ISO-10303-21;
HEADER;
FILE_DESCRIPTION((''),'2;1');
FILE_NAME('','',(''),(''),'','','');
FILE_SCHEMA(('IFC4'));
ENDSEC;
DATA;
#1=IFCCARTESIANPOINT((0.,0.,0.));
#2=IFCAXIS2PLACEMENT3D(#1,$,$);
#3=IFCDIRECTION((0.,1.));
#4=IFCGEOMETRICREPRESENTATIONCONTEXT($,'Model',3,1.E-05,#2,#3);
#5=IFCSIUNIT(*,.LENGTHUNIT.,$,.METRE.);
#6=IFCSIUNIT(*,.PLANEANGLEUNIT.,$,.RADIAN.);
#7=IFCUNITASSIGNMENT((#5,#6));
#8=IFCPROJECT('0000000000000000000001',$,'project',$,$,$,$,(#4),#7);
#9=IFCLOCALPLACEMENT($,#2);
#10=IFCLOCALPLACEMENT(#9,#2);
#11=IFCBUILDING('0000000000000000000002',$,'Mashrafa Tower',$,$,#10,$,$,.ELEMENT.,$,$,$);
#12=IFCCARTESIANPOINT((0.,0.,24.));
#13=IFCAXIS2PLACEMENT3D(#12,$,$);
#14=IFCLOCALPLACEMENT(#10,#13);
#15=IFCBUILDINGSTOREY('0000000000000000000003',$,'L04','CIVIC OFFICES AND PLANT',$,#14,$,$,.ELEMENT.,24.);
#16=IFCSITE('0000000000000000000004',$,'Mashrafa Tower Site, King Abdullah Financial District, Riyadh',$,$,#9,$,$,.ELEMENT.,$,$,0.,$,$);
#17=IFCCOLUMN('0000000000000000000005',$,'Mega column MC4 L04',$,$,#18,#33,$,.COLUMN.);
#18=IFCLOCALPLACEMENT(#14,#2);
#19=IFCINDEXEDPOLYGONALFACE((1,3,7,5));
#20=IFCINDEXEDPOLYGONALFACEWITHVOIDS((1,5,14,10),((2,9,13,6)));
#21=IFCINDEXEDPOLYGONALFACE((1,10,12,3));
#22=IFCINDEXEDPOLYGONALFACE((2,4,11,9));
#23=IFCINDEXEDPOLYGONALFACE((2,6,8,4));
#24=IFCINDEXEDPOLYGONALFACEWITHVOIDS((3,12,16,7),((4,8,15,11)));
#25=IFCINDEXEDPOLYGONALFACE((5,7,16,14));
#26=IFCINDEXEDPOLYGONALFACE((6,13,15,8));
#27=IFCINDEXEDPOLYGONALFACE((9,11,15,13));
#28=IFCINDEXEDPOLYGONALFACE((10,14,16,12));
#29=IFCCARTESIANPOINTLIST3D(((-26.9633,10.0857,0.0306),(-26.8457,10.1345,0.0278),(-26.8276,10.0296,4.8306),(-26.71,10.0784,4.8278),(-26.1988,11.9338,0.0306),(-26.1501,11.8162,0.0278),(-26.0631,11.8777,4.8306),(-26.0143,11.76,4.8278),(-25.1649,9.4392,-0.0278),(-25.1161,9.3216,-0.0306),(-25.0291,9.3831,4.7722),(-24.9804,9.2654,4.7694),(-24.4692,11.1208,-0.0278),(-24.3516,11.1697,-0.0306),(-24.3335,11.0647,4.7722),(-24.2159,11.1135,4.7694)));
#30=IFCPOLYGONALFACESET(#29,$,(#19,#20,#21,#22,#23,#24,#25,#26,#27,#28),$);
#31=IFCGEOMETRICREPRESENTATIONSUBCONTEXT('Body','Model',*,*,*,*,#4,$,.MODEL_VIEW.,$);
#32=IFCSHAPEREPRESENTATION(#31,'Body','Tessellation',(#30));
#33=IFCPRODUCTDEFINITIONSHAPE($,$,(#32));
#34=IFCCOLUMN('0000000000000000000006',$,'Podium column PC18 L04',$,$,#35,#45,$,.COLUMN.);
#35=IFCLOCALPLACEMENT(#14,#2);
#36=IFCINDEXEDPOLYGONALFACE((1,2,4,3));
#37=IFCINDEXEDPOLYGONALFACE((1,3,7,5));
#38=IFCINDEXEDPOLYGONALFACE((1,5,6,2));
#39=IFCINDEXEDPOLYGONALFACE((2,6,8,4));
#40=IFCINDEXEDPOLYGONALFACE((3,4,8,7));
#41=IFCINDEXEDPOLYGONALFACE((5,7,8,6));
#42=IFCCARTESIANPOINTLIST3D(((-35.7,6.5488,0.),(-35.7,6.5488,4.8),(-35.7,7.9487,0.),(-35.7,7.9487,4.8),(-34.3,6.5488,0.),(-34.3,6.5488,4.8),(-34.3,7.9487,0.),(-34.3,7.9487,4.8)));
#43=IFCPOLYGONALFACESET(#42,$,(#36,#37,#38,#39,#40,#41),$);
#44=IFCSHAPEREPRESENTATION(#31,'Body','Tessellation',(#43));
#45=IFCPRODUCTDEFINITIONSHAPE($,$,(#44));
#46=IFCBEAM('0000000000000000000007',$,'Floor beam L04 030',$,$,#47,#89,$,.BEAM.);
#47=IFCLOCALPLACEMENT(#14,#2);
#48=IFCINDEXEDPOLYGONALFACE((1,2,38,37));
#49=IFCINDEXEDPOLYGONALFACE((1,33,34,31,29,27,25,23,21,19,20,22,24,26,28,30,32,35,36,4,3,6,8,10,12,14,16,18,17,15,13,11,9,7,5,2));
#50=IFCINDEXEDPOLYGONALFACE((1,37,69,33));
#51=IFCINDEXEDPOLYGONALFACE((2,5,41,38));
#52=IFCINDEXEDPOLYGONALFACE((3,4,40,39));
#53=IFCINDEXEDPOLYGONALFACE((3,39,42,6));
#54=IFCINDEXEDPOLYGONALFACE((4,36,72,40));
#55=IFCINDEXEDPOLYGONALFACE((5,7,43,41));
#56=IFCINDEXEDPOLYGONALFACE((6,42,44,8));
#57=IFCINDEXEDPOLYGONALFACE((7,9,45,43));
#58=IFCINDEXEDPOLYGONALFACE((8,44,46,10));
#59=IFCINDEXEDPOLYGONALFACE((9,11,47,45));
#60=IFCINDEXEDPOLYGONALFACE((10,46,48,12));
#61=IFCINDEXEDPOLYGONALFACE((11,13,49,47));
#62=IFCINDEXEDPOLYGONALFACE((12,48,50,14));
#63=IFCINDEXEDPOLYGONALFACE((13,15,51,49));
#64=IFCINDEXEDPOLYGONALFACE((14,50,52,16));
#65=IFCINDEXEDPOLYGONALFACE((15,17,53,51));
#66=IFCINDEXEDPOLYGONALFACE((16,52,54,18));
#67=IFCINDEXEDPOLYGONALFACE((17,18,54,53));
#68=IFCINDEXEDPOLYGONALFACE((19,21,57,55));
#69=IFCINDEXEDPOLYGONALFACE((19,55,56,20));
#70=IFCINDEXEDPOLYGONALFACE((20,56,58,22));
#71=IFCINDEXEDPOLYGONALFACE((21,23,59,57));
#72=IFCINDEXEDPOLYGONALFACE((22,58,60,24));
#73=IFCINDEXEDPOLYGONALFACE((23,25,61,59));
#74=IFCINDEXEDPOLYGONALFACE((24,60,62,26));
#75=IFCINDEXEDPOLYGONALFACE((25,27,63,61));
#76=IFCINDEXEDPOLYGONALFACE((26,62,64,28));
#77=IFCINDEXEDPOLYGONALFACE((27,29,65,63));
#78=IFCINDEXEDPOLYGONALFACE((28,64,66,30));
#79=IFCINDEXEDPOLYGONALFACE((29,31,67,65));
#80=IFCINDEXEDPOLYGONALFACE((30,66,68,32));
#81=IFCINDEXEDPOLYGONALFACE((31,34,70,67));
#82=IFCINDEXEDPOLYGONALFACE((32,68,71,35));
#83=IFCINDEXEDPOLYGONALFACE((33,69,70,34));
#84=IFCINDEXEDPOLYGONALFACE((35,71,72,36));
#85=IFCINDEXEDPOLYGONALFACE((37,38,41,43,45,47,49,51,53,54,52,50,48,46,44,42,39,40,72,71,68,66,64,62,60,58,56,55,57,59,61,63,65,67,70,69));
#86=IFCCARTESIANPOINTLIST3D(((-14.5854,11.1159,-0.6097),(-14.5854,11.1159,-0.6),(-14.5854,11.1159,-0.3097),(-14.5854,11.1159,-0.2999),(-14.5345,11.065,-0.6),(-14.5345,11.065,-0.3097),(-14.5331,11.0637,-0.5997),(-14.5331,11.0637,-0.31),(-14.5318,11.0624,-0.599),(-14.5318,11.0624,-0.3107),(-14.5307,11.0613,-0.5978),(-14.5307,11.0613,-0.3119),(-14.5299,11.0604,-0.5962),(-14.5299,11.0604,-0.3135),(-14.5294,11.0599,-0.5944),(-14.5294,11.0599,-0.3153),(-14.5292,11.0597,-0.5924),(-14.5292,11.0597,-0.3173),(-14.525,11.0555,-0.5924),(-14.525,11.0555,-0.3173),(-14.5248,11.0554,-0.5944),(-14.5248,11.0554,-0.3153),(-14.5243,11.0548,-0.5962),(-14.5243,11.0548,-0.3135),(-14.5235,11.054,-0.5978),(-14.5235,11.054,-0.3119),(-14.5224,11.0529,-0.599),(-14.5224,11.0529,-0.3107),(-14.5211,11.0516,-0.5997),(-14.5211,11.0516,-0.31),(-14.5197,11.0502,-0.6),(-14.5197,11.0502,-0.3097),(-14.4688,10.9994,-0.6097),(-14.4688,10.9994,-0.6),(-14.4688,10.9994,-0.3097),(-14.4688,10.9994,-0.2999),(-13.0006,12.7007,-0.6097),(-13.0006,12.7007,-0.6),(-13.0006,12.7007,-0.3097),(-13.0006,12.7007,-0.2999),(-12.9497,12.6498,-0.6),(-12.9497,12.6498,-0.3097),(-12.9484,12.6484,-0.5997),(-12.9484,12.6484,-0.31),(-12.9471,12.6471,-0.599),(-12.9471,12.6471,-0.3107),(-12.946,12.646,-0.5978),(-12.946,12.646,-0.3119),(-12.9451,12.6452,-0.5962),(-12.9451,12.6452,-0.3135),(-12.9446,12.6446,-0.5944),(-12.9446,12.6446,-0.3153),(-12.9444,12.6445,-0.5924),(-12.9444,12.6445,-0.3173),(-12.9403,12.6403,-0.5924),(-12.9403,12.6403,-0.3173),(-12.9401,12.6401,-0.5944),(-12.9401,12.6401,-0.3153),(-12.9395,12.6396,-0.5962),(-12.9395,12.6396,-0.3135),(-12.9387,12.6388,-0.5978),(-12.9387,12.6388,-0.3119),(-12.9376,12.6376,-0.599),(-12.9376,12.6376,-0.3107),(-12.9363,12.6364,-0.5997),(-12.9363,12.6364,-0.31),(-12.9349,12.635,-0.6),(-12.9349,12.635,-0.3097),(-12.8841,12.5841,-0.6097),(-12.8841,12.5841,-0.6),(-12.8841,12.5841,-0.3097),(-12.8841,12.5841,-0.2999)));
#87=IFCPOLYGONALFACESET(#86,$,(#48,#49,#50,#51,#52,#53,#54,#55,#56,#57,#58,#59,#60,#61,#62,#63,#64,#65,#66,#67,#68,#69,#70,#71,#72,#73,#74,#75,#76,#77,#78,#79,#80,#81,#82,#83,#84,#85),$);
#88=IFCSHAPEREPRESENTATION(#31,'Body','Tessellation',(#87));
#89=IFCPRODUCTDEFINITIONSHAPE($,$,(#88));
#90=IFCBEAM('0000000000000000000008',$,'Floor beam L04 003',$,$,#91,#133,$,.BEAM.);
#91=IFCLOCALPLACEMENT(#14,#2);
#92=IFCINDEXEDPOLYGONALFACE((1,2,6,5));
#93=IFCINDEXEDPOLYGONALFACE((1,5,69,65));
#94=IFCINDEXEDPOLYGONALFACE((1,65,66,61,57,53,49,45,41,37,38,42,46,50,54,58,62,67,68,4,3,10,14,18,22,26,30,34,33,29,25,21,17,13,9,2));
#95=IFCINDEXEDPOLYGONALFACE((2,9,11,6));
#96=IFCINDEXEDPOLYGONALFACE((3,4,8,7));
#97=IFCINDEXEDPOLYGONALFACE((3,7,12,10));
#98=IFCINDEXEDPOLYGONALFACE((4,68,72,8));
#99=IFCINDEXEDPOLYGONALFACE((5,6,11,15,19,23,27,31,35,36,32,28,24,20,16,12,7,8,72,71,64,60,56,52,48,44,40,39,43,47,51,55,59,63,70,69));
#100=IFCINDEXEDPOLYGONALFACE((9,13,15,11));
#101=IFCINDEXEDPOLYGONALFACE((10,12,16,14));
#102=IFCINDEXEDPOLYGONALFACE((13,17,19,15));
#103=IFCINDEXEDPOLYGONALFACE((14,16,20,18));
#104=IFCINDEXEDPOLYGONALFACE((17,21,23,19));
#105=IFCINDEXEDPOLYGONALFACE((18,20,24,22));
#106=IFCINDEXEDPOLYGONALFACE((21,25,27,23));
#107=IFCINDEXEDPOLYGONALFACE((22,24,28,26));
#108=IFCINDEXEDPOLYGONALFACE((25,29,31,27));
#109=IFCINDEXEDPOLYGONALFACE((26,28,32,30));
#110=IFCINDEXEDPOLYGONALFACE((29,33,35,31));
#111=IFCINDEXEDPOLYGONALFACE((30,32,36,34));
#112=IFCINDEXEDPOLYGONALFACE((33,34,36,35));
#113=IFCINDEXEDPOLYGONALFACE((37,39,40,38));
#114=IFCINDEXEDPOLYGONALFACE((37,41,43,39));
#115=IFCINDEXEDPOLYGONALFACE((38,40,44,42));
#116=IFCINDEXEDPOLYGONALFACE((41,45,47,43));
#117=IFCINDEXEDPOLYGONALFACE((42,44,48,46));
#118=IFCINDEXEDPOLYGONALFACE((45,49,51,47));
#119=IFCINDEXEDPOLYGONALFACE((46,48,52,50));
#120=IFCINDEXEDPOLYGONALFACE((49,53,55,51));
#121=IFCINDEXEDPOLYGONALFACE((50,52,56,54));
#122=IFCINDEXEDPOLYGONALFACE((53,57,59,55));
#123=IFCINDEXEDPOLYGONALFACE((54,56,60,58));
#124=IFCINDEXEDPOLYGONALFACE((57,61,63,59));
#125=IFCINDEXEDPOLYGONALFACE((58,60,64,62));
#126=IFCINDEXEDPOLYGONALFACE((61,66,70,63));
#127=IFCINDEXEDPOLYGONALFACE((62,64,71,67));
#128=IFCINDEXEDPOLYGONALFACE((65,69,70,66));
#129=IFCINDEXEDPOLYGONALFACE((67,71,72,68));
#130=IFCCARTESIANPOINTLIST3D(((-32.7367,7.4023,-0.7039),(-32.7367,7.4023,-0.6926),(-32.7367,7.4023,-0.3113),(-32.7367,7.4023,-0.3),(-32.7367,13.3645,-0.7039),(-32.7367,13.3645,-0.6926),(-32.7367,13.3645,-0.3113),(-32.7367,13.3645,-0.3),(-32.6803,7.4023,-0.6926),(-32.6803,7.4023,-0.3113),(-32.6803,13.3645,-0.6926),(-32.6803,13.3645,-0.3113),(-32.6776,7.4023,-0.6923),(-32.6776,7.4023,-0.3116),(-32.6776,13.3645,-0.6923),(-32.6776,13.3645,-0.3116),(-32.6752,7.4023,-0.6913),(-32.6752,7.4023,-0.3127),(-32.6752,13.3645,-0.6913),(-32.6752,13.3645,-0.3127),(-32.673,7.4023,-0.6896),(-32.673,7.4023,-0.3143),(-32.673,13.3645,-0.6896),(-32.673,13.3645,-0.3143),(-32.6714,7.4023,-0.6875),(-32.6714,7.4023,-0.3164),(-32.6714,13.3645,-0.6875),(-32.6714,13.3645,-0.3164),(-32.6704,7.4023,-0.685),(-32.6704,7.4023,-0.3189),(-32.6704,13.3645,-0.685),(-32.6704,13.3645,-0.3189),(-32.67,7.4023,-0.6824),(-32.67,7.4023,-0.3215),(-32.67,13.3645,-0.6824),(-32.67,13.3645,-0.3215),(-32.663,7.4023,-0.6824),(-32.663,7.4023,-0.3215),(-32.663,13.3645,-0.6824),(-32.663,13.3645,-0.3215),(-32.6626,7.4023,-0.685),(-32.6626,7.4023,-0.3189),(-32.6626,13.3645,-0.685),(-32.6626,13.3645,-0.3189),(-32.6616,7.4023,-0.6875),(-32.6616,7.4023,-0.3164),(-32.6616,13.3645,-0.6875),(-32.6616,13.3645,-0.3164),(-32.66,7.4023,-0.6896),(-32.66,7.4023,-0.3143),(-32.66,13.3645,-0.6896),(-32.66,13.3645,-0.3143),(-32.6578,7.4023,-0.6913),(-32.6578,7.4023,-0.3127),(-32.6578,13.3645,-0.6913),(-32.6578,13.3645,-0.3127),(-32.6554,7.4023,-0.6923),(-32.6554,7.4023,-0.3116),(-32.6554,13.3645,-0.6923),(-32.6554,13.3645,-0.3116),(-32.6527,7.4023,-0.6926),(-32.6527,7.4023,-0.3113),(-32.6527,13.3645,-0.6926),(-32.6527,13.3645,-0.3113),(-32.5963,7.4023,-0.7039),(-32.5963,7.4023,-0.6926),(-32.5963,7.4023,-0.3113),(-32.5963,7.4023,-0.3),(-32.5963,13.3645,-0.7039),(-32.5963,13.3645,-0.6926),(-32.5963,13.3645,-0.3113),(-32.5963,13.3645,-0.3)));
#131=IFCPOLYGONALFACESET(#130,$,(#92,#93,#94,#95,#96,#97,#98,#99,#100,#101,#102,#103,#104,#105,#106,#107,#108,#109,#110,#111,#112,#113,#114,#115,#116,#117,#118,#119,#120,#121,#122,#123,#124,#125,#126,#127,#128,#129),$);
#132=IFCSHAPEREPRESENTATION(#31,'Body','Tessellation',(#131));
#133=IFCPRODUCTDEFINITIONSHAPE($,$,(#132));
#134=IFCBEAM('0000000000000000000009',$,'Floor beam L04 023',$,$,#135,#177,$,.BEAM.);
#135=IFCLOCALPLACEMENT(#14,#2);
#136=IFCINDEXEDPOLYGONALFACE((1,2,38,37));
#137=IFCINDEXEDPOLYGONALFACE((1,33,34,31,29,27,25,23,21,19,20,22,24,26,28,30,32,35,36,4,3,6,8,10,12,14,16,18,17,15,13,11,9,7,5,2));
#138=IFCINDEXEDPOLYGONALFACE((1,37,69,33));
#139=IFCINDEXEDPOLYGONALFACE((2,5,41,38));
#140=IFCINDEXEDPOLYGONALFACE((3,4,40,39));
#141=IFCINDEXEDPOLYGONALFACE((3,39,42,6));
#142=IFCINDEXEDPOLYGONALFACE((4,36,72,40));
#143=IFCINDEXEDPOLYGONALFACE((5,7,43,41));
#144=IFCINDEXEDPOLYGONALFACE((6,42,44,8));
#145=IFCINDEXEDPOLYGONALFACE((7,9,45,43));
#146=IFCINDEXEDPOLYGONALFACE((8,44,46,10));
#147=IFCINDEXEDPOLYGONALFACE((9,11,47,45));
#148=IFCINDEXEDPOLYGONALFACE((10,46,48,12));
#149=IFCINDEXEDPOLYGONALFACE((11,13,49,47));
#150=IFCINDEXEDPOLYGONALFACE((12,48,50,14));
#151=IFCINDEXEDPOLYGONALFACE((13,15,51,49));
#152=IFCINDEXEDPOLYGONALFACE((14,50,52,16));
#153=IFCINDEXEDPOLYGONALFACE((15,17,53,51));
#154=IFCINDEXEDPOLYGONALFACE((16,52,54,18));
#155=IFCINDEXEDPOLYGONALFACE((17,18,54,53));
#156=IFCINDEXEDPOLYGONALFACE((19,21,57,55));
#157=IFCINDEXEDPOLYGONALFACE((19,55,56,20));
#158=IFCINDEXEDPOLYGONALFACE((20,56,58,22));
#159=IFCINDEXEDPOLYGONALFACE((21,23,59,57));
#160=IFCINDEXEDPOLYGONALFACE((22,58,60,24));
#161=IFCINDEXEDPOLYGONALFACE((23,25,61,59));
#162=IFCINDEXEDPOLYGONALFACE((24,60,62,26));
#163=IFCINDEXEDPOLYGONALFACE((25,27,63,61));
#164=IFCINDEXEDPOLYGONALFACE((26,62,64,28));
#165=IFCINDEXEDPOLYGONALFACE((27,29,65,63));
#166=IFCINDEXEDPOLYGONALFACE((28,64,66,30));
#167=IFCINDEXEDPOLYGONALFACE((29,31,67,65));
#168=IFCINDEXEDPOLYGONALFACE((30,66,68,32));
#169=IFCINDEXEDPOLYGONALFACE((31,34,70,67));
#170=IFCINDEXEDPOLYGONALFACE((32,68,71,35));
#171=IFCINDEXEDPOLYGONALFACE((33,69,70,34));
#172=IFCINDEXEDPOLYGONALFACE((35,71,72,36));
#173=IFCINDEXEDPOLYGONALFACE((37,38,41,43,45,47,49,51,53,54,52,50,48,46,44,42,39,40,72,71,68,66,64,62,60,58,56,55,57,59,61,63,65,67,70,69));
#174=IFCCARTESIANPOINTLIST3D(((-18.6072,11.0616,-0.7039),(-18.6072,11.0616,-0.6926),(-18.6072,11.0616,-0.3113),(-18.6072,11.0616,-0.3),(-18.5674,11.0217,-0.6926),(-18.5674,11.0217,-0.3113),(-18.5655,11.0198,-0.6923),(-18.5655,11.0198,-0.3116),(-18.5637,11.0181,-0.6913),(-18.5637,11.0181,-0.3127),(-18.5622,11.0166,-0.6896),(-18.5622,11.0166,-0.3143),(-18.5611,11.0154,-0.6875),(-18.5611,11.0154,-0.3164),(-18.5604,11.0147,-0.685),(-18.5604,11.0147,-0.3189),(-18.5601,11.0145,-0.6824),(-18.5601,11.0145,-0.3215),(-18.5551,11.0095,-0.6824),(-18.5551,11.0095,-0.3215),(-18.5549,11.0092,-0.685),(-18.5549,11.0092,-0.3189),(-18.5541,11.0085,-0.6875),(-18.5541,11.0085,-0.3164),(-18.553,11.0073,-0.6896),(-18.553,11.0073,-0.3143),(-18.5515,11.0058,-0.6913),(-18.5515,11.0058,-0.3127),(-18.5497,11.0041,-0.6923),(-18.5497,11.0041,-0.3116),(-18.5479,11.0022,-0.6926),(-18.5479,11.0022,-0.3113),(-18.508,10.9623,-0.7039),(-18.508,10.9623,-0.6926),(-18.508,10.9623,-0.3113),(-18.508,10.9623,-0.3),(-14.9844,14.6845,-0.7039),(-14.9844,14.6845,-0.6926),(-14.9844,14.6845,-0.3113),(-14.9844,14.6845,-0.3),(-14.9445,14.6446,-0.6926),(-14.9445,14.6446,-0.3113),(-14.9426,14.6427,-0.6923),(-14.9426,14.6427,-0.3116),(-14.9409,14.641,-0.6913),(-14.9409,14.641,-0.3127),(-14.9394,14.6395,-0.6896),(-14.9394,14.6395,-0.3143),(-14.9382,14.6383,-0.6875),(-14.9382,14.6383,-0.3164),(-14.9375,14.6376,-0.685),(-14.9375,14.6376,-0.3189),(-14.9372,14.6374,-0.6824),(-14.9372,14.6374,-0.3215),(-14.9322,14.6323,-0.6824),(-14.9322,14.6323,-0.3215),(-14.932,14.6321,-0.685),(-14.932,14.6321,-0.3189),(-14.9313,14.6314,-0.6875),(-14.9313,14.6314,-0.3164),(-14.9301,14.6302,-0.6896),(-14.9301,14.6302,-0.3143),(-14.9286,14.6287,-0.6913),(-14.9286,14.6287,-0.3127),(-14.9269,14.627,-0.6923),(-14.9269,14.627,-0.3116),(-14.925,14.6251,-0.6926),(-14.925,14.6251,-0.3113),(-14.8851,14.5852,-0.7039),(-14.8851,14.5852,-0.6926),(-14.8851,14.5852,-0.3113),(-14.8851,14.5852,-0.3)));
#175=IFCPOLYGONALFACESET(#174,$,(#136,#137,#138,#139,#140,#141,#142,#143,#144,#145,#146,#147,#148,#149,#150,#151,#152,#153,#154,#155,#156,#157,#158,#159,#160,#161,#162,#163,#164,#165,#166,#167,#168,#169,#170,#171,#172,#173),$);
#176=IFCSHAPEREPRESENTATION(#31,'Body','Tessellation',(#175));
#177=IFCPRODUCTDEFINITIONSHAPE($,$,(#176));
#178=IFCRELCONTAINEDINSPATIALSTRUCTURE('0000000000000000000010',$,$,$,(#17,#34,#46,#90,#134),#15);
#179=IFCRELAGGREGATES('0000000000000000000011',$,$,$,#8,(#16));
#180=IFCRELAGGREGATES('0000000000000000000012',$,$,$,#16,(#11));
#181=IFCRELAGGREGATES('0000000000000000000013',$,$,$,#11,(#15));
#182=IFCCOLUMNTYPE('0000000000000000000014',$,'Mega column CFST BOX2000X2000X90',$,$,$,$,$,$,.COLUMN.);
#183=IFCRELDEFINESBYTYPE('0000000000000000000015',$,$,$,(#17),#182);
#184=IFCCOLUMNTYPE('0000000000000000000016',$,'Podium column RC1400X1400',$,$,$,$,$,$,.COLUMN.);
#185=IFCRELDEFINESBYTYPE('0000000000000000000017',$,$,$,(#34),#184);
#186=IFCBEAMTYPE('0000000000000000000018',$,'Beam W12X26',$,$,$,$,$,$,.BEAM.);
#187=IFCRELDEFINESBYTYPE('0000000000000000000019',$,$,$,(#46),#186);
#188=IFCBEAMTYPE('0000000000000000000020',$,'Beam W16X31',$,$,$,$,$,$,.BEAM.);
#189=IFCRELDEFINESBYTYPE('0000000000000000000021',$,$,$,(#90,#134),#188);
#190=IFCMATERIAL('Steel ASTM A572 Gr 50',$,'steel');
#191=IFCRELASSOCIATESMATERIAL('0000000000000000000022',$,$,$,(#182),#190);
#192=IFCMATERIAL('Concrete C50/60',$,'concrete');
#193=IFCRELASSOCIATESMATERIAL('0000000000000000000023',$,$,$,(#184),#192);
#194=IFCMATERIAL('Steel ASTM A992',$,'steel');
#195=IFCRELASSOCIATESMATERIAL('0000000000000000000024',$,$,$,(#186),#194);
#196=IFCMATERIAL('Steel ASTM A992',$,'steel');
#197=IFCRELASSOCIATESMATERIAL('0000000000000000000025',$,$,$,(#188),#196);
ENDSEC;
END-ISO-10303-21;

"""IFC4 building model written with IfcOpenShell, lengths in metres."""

from ifc_helpers import new_model, si_unit, direction, frame, origin, origin_2d, place, context, subcontext, project, spatial, rectangle, hollow_rectangle, i_section, extrude, material, material_profile, profile_set, type_object, element, save


model = new_model("IFC4")

# Units and contexts
model_context = context("Model", 3, precision=1e-05, world=origin(), true_north=direction((0.0, 1.0)))
body_context = subcontext(model_context, "Body", "Model", "MODEL_VIEW")
ifc_project = project(units=[si_unit("LENGTHUNIT", "METRE"), si_unit("PLANEANGLEUNIT", "RADIAN")], contexts=[model_context])

# Site, building, storey
site_placement = place(None, origin())
site = spatial("IfcSite", under=ifc_project, at=site_placement, Name="Mashrafa Tower Site, King Abdullah Financial District, Riyadh", CompositionType="ELEMENT", RefElevation=0.0)
building_placement = place(site_placement, origin())
building = spatial("IfcBuilding", under=site, at=building_placement, Name="Mashrafa Tower", CompositionType="ELEMENT")
storey_placement = place(building_placement, frame((0.0, 0.0, 24.0)))
storey = spatial("IfcBuildingStorey", under=building, at=storey_placement, Name="L04", Description="CIVIC OFFICES AND PLANT", CompositionType="ELEMENT", Elevation=24.0)

# Columns
ifc_material_1 = material(Name="Steel ASTM A572 Gr 50", Category="steel")
ifc_material_profile_1 = material_profile(ifc_material_1, hollow_rectangle(XDim=2.0, YDim=2.0, WallThickness=0.0901, at=origin_2d()), Name="BOX2000X2000X90")
ifc_profile_set_1 = profile_set([ifc_material_profile_1], Name="Steel ASTM A572 Gr 50")
column_type_1 = type_object("IfcColumnType", Name="Mega column CFST BOX2000X2000X90", PredefinedType="COLUMN", material=ifc_profile_set_1)
column_1_placement = place(storey_placement, frame((-25.6575, 10.6277, 0.0), z_axis=(0.028266, -0.011693, 0.999532), x_axis=(0.382254, 0.924057, 0.0)))
element("IfcColumn", 1, at=column_1_placement, inside=storey, type_object=column_type_1, Name="Mega column MC4 L04", PredefinedType="COLUMN", context=body_context, shape_type="SweptSolid", body=[
    extrude(hollow_rectangle(XDim=2.0, YDim=2.0, WallThickness=0.0901, at=origin_2d()), origin(), (0.0, 0.0, 1.0), 4.8022),
])
ifc_material_2 = material(Name="Concrete C50/60", Category="concrete")
ifc_material_profile_2 = material_profile(ifc_material_2, rectangle(XDim=1.3999, YDim=1.3999, at=origin_2d()), Name="RC1400X1400")
ifc_profile_set_2 = profile_set([ifc_material_profile_2], Name="Concrete C50/60")
column_type_2 = type_object("IfcColumnType", Name="Podium column RC1400X1400", PredefinedType="COLUMN", material=ifc_profile_set_2)
column_2_placement = place(storey_placement, frame((-35.0, 7.2488, 0.0), z_axis=(0.0, 0.0, 1.0), x_axis=(1.0, 0.0, 0.0)))
element("IfcColumn", 2, at=column_2_placement, inside=storey, type_object=column_type_2, Name="Podium column PC18 L04", PredefinedType="COLUMN", context=body_context, shape_type="SweptSolid", body=[
    extrude(rectangle(XDim=1.3999, YDim=1.3999, at=origin_2d()), origin(), (0.0, 0.0, 1.0), 4.8),
])

# Beams
ifc_material_3 = material(Name="Steel ASTM A992", Category="steel")
ifc_material_profile_3 = material_profile(ifc_material_3, i_section(OverallWidth=0.1648, OverallDepth=0.3098, WebThickness=0.0059, FlangeThickness=0.0098, FilletRadius=0.0076, at=origin_2d()), Name="W12X26")
ifc_profile_set_3 = profile_set([ifc_material_profile_3], Name="Steel ASTM A992")
beam_type_1 = type_object("IfcBeamType", Name="Beam W12X26", PredefinedType="BEAM", material=ifc_profile_set_3)
beam_1_placement = place(storey_placement, frame((-14.5271, 11.0576, -0.4548), z_axis=(0.707107, 0.707107, 0.0), x_axis=(-0.707107, 0.707107, 0.0)))
element("IfcBeam", 3, at=beam_1_placement, inside=storey, type_object=beam_type_1, Name="Floor beam L04 030", PredefinedType="BEAM", context=body_context, shape_type="SweptSolid", body=[
    extrude(i_section(OverallWidth=0.1648, OverallDepth=0.3098, WebThickness=0.0059, FlangeThickness=0.0098, FilletRadius=0.0076, at=origin_2d()), origin(), (0.0, 0.0, 1.0), 2.2412),
])
ifc_material_4 = material(Name="Steel ASTM A992", Category="steel")
ifc_material_profile_4 = material_profile(ifc_material_4, i_section(OverallWidth=0.1404, OverallDepth=0.4038, WebThickness=0.0071, FlangeThickness=0.0112, FilletRadius=0.0103, at=origin_2d()), Name="W16X31")
ifc_profile_set_4 = profile_set([ifc_material_profile_4], Name="Steel ASTM A992")
beam_type_2 = type_object("IfcBeamType", Name="Beam W16X31", PredefinedType="BEAM", material=ifc_profile_set_4)
beam_2_placement = place(storey_placement, frame((-32.6665, 7.4023, -0.502), z_axis=(0.0, 1.0, 0.0), x_axis=(-1.0, 0.0, 0.0)))
element("IfcBeam", 4, at=beam_2_placement, inside=storey, type_object=beam_type_2, Name="Floor beam L04 003", PredefinedType="BEAM", context=body_context, shape_type="SweptSolid", body=[
    extrude(i_section(OverallWidth=0.1404, OverallDepth=0.4038, WebThickness=0.0071, FlangeThickness=0.0112, FilletRadius=0.0103, at=origin_2d()), origin(), (0.0, 0.0, 1.0), 5.9622),
])
beam_3_placement = place(storey_placement, frame((-18.5576, 11.012, -0.502), z_axis=(0.707107, 0.707107, 0.0), x_axis=(-0.707107, 0.707107, 0.0)))
element("IfcBeam", 5, at=beam_3_placement, inside=storey, type_object=beam_type_2, Name="Floor beam L04 023", PredefinedType="BEAM", context=body_context, shape_type="SweptSolid", body=[
    extrude(i_section(OverallWidth=0.1404, OverallDepth=0.4038, WebThickness=0.0071, FlangeThickness=0.0112, FilletRadius=0.0103, at=origin_2d()), origin(), (0.0, 0.0, 1.0), 5.1235),
])

save(model, "model.ifc")
